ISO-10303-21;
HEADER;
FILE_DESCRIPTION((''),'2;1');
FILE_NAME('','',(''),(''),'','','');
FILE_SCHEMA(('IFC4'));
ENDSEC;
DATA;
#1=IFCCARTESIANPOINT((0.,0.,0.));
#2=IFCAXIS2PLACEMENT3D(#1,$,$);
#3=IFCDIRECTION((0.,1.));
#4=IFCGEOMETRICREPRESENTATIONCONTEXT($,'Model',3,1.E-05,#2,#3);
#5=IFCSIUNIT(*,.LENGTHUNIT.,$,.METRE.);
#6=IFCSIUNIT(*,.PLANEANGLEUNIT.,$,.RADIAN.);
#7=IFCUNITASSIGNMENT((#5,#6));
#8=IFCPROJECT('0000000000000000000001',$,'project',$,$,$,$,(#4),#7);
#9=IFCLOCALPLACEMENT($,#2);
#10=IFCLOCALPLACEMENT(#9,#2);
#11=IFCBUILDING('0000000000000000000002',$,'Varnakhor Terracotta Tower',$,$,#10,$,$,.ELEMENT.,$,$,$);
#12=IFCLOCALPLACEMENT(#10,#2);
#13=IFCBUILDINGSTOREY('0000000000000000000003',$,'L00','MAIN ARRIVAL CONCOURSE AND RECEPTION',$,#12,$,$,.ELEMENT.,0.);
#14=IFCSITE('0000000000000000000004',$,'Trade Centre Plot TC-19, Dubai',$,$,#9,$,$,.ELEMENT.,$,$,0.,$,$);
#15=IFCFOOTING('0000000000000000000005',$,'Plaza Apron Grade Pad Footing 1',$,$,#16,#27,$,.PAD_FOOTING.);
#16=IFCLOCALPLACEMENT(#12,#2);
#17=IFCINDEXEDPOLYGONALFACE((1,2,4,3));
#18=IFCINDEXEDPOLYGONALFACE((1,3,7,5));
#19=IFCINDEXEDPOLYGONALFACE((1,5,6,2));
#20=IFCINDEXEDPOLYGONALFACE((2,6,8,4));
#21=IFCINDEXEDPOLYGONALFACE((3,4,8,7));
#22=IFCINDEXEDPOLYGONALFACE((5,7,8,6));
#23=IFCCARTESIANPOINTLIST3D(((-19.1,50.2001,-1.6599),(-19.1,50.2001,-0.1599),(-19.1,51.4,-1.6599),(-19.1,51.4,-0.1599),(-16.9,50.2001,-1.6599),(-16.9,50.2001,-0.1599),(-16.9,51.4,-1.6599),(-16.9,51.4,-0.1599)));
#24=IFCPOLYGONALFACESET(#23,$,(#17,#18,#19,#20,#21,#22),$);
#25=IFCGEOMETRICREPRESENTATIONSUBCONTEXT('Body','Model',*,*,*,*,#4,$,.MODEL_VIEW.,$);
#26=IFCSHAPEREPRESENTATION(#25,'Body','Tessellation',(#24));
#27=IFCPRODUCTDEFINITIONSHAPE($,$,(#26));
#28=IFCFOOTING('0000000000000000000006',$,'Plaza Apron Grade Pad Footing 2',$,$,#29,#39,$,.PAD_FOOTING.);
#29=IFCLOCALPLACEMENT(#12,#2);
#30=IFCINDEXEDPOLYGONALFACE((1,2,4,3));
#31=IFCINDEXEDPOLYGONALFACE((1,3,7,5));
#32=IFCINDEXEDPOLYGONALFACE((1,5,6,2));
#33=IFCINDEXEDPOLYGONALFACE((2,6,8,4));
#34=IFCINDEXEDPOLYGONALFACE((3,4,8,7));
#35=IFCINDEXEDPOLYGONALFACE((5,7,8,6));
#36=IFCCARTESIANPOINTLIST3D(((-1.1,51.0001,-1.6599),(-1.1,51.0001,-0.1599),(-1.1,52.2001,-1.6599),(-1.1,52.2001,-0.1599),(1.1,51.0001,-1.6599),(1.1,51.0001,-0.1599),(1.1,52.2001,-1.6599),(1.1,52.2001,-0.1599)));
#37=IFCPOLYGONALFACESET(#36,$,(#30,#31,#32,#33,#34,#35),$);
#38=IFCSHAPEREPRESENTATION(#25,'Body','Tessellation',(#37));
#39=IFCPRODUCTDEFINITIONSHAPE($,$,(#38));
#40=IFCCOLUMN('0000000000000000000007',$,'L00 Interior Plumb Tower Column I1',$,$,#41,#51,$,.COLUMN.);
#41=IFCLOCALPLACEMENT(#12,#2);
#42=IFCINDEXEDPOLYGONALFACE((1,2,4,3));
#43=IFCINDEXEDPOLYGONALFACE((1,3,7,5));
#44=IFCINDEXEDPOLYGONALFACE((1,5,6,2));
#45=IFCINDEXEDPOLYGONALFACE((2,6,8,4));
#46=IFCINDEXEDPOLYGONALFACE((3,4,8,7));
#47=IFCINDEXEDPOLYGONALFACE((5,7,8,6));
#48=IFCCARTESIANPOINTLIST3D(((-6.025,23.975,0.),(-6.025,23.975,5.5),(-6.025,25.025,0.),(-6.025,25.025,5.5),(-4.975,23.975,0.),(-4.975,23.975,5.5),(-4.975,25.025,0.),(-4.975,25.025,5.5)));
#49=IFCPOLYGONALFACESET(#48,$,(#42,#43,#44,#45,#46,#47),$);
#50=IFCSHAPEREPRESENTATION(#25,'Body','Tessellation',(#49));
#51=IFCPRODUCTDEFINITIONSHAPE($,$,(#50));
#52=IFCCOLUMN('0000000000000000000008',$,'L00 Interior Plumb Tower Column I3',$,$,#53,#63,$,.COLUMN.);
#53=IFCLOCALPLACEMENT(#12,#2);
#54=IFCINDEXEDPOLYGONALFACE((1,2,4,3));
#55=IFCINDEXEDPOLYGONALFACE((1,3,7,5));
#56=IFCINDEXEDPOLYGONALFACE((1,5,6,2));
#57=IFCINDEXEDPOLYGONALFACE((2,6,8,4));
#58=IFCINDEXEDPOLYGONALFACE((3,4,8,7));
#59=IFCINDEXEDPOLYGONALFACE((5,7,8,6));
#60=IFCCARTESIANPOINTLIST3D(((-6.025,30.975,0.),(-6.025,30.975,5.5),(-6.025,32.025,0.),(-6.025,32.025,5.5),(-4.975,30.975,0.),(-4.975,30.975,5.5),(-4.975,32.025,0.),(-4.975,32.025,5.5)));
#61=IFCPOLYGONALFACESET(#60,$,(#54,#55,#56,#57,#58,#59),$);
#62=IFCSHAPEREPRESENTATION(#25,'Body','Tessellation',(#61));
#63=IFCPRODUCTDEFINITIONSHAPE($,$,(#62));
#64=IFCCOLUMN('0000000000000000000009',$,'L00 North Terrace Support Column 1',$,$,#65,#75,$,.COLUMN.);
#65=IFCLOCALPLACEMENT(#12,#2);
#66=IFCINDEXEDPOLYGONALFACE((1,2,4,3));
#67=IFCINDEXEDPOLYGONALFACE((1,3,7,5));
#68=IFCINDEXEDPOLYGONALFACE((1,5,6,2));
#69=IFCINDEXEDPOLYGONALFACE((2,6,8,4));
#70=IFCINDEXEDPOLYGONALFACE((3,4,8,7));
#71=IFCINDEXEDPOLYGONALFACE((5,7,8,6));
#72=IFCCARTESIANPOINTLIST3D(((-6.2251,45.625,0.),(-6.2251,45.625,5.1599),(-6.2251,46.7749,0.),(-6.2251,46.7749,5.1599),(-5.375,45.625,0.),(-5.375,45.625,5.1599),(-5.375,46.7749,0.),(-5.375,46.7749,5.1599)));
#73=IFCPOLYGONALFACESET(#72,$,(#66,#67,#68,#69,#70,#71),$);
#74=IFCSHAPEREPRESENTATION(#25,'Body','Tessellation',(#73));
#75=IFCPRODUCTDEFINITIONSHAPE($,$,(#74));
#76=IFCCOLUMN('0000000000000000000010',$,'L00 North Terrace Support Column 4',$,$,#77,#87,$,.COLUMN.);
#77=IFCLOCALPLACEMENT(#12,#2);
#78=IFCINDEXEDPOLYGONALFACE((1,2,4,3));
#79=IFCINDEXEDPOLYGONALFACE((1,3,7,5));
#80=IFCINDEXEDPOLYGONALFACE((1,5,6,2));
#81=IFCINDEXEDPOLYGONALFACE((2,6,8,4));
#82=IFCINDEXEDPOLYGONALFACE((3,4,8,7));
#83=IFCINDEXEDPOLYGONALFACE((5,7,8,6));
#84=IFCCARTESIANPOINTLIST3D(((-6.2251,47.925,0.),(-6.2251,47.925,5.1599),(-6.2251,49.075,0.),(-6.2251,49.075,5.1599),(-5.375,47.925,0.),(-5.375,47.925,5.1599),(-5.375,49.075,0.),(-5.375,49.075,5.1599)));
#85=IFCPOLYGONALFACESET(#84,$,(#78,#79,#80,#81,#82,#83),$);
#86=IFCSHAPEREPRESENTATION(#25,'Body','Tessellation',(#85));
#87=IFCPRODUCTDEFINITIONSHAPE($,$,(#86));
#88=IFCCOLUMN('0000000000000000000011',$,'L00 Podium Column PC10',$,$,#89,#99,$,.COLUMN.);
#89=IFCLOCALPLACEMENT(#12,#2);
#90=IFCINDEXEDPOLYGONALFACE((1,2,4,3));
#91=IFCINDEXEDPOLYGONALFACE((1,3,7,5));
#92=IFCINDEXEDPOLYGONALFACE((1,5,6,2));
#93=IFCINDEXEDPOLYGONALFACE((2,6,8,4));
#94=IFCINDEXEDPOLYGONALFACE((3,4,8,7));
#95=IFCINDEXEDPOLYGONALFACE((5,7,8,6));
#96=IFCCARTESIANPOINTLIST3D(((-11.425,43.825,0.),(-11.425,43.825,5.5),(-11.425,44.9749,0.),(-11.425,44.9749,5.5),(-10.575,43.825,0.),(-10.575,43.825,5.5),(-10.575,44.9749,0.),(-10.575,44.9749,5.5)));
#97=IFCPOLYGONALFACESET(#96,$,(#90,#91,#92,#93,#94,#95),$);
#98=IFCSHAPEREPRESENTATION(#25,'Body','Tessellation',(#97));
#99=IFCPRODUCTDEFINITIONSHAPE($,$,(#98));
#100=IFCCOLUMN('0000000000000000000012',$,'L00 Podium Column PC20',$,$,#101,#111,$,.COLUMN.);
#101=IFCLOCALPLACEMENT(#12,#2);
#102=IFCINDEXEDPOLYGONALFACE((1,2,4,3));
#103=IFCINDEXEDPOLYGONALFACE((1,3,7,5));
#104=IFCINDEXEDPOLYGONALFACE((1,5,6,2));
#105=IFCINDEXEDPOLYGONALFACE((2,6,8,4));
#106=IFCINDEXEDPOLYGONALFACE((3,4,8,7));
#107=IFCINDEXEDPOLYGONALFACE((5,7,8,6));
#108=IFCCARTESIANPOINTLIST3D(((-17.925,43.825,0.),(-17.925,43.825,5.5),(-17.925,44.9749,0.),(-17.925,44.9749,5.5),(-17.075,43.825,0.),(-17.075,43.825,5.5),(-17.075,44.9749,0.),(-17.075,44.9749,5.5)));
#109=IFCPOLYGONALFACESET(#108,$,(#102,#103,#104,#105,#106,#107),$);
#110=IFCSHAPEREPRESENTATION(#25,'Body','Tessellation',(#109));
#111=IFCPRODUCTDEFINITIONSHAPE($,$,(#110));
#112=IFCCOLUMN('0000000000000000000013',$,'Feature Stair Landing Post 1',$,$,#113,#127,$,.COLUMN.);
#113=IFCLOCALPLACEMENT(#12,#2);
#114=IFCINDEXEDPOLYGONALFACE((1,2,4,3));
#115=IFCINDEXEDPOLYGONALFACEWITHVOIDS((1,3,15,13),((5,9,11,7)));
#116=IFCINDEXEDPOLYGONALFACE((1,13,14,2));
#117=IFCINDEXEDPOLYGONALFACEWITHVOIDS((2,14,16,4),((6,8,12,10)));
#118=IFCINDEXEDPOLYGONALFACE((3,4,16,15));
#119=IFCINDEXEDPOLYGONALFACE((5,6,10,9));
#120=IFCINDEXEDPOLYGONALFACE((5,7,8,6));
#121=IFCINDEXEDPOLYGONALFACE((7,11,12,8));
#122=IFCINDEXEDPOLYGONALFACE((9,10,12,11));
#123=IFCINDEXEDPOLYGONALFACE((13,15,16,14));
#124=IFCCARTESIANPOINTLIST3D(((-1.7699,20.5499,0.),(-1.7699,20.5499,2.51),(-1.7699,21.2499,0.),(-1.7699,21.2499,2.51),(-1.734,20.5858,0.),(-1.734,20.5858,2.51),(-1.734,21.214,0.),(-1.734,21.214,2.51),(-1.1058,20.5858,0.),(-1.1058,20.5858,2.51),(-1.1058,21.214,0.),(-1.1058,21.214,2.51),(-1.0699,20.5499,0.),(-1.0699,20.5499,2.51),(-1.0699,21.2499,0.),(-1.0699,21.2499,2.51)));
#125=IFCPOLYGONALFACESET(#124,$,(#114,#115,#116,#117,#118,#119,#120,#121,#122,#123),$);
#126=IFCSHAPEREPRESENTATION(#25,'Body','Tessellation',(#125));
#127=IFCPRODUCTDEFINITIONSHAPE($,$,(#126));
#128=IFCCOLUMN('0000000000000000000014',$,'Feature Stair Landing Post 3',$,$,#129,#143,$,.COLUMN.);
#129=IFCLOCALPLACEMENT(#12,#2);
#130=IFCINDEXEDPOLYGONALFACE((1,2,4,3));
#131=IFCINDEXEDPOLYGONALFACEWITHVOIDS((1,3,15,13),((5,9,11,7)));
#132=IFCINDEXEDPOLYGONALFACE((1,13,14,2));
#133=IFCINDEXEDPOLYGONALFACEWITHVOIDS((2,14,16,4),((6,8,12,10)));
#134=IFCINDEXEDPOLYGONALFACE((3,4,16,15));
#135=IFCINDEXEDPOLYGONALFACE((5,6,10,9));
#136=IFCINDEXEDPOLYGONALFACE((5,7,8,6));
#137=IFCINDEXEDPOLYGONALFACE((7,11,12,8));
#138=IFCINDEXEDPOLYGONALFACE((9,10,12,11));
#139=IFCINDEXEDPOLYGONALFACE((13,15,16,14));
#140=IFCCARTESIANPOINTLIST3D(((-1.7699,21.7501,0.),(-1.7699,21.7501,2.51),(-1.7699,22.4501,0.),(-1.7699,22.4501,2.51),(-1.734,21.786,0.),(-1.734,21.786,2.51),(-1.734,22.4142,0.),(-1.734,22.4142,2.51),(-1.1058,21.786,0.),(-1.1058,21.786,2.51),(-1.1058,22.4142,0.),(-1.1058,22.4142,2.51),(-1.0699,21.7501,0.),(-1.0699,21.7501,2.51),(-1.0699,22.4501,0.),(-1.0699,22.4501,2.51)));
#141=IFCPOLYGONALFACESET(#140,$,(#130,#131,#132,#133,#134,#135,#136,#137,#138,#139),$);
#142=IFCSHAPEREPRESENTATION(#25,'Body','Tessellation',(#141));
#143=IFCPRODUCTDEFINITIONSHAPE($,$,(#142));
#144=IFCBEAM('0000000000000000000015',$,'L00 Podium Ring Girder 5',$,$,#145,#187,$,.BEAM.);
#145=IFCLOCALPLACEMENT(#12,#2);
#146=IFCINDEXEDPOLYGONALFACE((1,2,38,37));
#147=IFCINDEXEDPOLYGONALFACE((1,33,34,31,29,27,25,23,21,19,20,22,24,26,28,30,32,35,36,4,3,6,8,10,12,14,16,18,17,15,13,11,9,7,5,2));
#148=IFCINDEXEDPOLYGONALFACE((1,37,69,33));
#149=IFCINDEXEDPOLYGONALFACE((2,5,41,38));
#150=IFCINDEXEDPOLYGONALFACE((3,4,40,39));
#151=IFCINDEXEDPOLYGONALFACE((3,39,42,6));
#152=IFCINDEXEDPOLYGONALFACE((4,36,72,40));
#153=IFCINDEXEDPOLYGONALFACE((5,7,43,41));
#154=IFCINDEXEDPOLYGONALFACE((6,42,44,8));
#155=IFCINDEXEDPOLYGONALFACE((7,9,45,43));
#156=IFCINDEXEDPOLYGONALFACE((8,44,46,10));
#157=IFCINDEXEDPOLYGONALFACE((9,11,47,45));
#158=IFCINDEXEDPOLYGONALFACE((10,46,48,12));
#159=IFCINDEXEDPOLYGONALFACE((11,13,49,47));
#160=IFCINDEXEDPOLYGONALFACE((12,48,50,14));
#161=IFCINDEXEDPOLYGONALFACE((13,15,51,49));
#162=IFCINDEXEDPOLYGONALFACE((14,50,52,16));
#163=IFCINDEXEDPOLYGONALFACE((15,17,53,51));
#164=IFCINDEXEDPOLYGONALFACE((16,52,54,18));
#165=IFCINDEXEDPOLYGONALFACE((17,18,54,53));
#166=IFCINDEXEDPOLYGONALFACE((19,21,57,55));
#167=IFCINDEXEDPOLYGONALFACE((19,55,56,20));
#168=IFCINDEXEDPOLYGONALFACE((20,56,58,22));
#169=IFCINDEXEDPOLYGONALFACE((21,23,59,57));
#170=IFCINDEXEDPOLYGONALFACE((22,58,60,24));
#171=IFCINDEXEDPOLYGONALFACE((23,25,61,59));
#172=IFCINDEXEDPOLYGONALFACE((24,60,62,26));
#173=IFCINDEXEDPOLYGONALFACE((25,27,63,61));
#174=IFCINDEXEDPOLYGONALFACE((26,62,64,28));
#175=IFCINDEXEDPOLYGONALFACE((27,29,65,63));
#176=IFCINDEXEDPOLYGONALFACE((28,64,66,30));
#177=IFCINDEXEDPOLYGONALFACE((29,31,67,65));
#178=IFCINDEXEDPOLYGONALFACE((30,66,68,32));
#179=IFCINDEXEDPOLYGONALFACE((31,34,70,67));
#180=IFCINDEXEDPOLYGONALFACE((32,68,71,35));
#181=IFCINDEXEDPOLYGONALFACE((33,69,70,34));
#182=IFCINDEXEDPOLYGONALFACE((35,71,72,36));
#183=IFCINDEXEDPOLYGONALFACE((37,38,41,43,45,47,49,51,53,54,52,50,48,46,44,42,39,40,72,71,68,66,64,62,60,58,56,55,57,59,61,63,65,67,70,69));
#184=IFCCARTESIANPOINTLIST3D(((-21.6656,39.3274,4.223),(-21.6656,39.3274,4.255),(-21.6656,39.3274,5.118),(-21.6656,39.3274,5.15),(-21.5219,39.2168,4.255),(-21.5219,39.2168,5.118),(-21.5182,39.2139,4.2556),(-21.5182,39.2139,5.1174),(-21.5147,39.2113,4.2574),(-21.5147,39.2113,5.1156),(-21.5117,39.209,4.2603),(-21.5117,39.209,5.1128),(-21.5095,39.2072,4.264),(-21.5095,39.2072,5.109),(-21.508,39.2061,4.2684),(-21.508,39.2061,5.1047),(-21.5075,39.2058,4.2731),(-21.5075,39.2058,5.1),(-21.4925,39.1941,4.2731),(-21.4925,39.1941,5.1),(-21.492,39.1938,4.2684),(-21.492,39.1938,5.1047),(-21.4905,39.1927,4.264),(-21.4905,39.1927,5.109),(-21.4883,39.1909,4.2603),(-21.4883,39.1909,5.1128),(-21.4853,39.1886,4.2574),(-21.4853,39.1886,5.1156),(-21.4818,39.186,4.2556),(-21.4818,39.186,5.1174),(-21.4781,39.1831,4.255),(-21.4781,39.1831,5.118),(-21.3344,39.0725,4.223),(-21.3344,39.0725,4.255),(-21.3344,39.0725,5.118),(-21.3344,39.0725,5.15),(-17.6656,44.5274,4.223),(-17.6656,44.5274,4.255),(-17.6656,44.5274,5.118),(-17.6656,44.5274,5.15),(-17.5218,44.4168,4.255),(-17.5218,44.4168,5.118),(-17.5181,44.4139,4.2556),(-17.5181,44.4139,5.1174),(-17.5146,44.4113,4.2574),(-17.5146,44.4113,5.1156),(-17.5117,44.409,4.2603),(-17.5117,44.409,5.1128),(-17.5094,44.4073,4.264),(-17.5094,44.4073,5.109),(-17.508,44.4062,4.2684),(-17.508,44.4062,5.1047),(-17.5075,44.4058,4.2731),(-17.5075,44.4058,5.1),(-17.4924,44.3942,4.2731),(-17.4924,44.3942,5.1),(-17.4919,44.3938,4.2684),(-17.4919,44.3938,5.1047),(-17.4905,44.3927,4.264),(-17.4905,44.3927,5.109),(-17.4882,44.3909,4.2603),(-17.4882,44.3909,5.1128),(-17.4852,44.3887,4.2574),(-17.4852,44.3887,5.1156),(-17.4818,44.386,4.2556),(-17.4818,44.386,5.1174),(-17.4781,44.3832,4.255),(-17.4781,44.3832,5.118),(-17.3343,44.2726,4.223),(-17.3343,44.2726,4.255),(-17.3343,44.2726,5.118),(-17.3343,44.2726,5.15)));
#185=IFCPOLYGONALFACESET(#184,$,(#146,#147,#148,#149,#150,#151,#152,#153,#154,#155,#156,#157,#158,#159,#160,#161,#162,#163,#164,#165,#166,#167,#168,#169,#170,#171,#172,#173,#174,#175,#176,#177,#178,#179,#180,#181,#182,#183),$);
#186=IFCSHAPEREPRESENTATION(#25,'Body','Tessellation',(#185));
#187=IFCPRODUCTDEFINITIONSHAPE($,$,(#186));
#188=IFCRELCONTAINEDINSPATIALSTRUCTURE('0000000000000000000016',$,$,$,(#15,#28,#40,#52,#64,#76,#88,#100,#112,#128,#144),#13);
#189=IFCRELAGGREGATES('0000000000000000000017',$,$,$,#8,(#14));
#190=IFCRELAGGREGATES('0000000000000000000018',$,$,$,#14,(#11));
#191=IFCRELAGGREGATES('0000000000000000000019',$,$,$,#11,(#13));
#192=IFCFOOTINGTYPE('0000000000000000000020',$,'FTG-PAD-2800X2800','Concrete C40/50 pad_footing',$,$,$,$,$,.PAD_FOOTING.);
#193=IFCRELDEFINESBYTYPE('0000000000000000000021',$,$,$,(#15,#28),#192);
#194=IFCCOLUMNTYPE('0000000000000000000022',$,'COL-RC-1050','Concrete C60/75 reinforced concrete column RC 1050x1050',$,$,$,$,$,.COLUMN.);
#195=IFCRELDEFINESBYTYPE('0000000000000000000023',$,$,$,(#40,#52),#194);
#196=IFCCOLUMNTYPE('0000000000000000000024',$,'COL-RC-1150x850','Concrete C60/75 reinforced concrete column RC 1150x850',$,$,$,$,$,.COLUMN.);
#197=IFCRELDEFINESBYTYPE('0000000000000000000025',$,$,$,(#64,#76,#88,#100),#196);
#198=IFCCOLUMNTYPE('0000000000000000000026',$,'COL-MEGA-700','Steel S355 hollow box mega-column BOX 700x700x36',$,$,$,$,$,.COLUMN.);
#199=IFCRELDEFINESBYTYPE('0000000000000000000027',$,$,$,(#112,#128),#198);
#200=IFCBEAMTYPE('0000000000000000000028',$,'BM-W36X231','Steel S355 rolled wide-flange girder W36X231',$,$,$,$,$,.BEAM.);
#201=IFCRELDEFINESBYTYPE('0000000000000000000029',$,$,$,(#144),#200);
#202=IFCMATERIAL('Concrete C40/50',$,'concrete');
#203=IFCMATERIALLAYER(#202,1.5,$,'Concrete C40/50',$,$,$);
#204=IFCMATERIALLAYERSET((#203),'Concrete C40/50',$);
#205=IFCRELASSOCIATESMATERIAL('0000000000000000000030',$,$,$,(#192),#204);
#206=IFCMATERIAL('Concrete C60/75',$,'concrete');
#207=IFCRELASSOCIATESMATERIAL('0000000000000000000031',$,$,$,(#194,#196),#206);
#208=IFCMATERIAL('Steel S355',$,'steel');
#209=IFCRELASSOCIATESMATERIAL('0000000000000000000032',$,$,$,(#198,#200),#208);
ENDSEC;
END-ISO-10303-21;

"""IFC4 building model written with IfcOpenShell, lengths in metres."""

from ifc_helpers import new_model, si_unit, direction, frame, origin, origin_2d, place, context, subcontext, project, spatial, rectangle, hollow_rectangle, i_section, extrude, source, transform, mapped, material, layer, layer_set, material_profile, profile_set, type_object, type_shapes, element, save


model = new_model("IFC4")

# Units and contexts
model_context = context("Model", 3, precision=1e-05, world=origin(), true_north=direction((0.0, 1.0)))
body_context = subcontext(model_context, "Body", "Model", "MODEL_VIEW")
ifc_project = project(units=[si_unit("LENGTHUNIT", "METRE"), si_unit("PLANEANGLEUNIT", "RADIAN")], contexts=[model_context])

# Site, building, storey
site_placement = place(None, origin())
site = spatial("IfcSite", under=ifc_project, at=site_placement, Name="Trade Centre Plot TC-19, Dubai", CompositionType="ELEMENT", RefElevation=0.0)
building_placement = place(site_placement, origin())
building = spatial("IfcBuilding", under=site, at=building_placement, Name="Varnakhor Terracotta Tower", CompositionType="ELEMENT")
storey_placement = place(building_placement, origin())
storey = spatial("IfcBuildingStorey", under=building, at=storey_placement, Name="L00", Description="MAIN ARRIVAL CONCOURSE AND RECEPTION", CompositionType="ELEMENT", Elevation=0.0)

# Footings
ifc_material_1 = material(Name="Concrete C40/50", Category="concrete")
ifc_layer_1 = layer(ifc_material_1, 1.5, Name="Concrete C40/50")
ifc_layer_set_1 = layer_set([ifc_layer_1], Name="Concrete C40/50")
footing_type = type_object("IfcFootingType", Name="FTG-PAD-2800X2800", Description="Concrete C40/50 pad_footing", PredefinedType="PAD_FOOTING", material=ifc_layer_set_1)
shared_shape_1 = source(origin(), body_context, "Body", "SweptSolid", [
    extrude(rectangle(XDim=2.2, YDim=1.2, at=origin_2d()), origin(), (0.0, 0.0, 1.0), 1.5),
])
for number, where, z_axis, x_axis, name in (
    (1, (-18.0, 50.8, -1.6599), (0.0, 0.0, 1.0), (1.0, 0.0, 0.0), "Plaza Apron Grade Pad Footing 1"),
    (2, (0.0, 51.6001, -1.6599), (0.0, 0.0, 1.0), (1.0, 0.0, 0.0), "Plaza Apron Grade Pad Footing 2"),
):
    element("IfcFooting", number, at=place(storey_placement, frame(where, z_axis=z_axis, x_axis=x_axis)), inside=storey, type_object=footing_type, Name=name, PredefinedType="PAD_FOOTING", context=body_context, shape_type="MappedRepresentation", body=[
        mapped(shared_shape_1, transform((0.0, 0.0, 0.0), scale=1.0)),
    ])

# Columns
ifc_material_2 = material(Name="Concrete C60/75", Category="concrete")
ifc_material_profile_1 = material_profile(ifc_material_2, rectangle(XDim=1.05, YDim=1.05, at=origin_2d()), Name="RC 1050x1050")
ifc_profile_set_1 = profile_set([ifc_material_profile_1], Name="Concrete C60/75")
column_type_1 = type_object("IfcColumnType", Name="COL-RC-1050", Description="Concrete C60/75 reinforced concrete column RC 1050x1050", PredefinedType="COLUMN", material=ifc_profile_set_1)
shared_shape_2 = source(origin(), body_context, "Body", "SweptSolid", [
    extrude(rectangle(XDim=1.05, YDim=1.05, at=origin_2d()), origin(), (0.0, 0.0, 1.0), 5.5),
])
type_shapes(column_type_1, [shared_shape_2])
for number, where, z_axis, x_axis, name in (
    (3, (-5.5, 24.5, 0.0), (0.0, 0.0, 1.0), (1.0, 0.0, 0.0), "L00 Interior Plumb Tower Column I1"),
    (4, (-5.5, 31.5, 0.0), (0.0, 0.0, 1.0), (1.0, 0.0, 0.0), "L00 Interior Plumb Tower Column I3"),
):
    element("IfcColumn", number, at=place(storey_placement, frame(where, z_axis=z_axis, x_axis=x_axis)), inside=storey, type_object=column_type_1, Name=name, PredefinedType="COLUMN", context=body_context, shape_type="MappedRepresentation", body=[
        mapped(shared_shape_2, transform((0.0, 0.0, 0.0), scale=1.0)),
    ])
ifc_material_profile_2 = material_profile(ifc_material_2, rectangle(XDim=0.8501, YDim=1.1499, at=origin_2d()), Name="RC 1150x850")
ifc_profile_set_2 = profile_set([ifc_material_profile_2], Name="Concrete C60/75")
column_type_2 = type_object("IfcColumnType", Name="COL-RC-1150x850", Description="Concrete C60/75 reinforced concrete column RC 1150x850", PredefinedType="COLUMN", material=ifc_profile_set_2)
shared_shape_3 = source(origin(), body_context, "Body", "SweptSolid", [
    extrude(rectangle(XDim=0.8501, YDim=1.1499, at=origin_2d()), origin(), (0.0, 0.0, 1.0), 5.1599),
])
for number, where, z_axis, x_axis, name in (
    (5, (-5.8, 46.2, 0.0), (0.0, 0.0, 1.0), (1.0, 0.0, 0.0), "L00 North Terrace Support Column 1"),
    (6, (-5.8, 48.5, 0.0), (0.0, 0.0, 1.0), (1.0, 0.0, 0.0), "L00 North Terrace Support Column 4"),
):
    element("IfcColumn", number, at=place(storey_placement, frame(where, z_axis=z_axis, x_axis=x_axis)), inside=storey, type_object=column_type_2, Name=name, PredefinedType="COLUMN", context=body_context, shape_type="MappedRepresentation", body=[
        mapped(shared_shape_3, transform((0.0, 0.0, 0.0), scale=1.0)),
    ])
shared_shape_4 = source(origin(), body_context, "Body", "SweptSolid", [
    extrude(rectangle(XDim=0.8501, YDim=1.1499, at=origin_2d()), origin(), (0.0, 0.0, 1.0), 5.5),
])
for number, where, z_axis, x_axis, name in (
    (7, (-11.0, 44.3999, 0.0), (0.0, 0.0, 1.0), (1.0, 0.0, 0.0), "L00 Podium Column PC10"),
    (8, (-17.5, 44.3999, 0.0), (0.0, 0.0, 1.0), (1.0, 0.0, 0.0), "L00 Podium Column PC20"),
):
    element("IfcColumn", number, at=place(storey_placement, frame(where, z_axis=z_axis, x_axis=x_axis)), inside=storey, type_object=column_type_2, Name=name, PredefinedType="COLUMN", context=body_context, shape_type="MappedRepresentation", body=[
        mapped(shared_shape_4, transform((0.0, 0.0, 0.0), scale=1.0)),
    ])
ifc_material_3 = material(Name="Steel S355", Category="steel")
ifc_material_profile_3 = material_profile(ifc_material_3, hollow_rectangle(XDim=0.7, YDim=0.7, WallThickness=0.0359, at=origin_2d()), Name="BOX 700x700x36")
ifc_profile_set_3 = profile_set([ifc_material_profile_3], Name="Steel S355")
column_type_3 = type_object("IfcColumnType", Name="COL-MEGA-700", Description="Steel S355 hollow box mega-column BOX 700x700x36", PredefinedType="COLUMN", material=ifc_profile_set_3)
shared_shape_5 = source(origin(), body_context, "Body", "SweptSolid", [
    extrude(hollow_rectangle(XDim=0.7, YDim=0.7, WallThickness=0.0359, at=origin_2d()), origin(), (0.0, 0.0, 1.0), 2.51),
])
for number, where, z_axis, x_axis, name in (
    (9, (-1.4199, 20.8999, 0.0), (0.0, 0.0, 1.0), (1.0, 0.0, 0.0), "Feature Stair Landing Post 1"),
    (10, (-1.4199, 22.1001, 0.0), (0.0, 0.0, 1.0), (1.0, 0.0, 0.0), "Feature Stair Landing Post 3"),
):
    element("IfcColumn", number, at=place(storey_placement, frame(where, z_axis=z_axis, x_axis=x_axis)), inside=storey, type_object=column_type_3, Name=name, PredefinedType="COLUMN", context=body_context, shape_type="MappedRepresentation", body=[
        mapped(shared_shape_5, transform((0.0, 0.0, 0.0), scale=1.0)),
    ])

# Beam
ifc_material_profile_4 = material_profile(ifc_material_3, i_section(OverallWidth=0.418, OverallDepth=0.927, WebThickness=0.019, FlangeThickness=0.032, FilletRadius=0.0181, at=origin_2d()), Name="W36X231")
ifc_profile_set_4 = profile_set([ifc_material_profile_4], Name="Steel S355")
beam_type_1 = type_object("IfcBeamType", Name="BM-W36X231", Description="Steel S355 rolled wide-flange girder W36X231", PredefinedType="BEAM", material=ifc_profile_set_4)
shared_shape_6 = source(origin(), body_context, "Body", "SweptSolid", [
    extrude(i_section(OverallWidth=0.418, OverallDepth=0.927, WebThickness=0.019, FlangeThickness=0.032, FilletRadius=0.0181, at=origin_2d()), origin(), (0.0, 0.0, 1.0), 6.5605),
])
beam_1_placement = place(storey_placement, frame((-21.5, 39.2, 4.6865), z_axis=(0.609714, 0.792621, 0.0), x_axis=(-0.792621, 0.609714, 0.0)))
element("IfcBeam", 11, at=beam_1_placement, inside=storey, type_object=beam_type_1, Name="L00 Podium Ring Girder 5", PredefinedType="BEAM", context=body_context, shape_type="MappedRepresentation", body=[
    mapped(shared_shape_6, transform((0.0, 0.0, 0.0), scale=1.0)),
])

save(model, "model.ifc")
